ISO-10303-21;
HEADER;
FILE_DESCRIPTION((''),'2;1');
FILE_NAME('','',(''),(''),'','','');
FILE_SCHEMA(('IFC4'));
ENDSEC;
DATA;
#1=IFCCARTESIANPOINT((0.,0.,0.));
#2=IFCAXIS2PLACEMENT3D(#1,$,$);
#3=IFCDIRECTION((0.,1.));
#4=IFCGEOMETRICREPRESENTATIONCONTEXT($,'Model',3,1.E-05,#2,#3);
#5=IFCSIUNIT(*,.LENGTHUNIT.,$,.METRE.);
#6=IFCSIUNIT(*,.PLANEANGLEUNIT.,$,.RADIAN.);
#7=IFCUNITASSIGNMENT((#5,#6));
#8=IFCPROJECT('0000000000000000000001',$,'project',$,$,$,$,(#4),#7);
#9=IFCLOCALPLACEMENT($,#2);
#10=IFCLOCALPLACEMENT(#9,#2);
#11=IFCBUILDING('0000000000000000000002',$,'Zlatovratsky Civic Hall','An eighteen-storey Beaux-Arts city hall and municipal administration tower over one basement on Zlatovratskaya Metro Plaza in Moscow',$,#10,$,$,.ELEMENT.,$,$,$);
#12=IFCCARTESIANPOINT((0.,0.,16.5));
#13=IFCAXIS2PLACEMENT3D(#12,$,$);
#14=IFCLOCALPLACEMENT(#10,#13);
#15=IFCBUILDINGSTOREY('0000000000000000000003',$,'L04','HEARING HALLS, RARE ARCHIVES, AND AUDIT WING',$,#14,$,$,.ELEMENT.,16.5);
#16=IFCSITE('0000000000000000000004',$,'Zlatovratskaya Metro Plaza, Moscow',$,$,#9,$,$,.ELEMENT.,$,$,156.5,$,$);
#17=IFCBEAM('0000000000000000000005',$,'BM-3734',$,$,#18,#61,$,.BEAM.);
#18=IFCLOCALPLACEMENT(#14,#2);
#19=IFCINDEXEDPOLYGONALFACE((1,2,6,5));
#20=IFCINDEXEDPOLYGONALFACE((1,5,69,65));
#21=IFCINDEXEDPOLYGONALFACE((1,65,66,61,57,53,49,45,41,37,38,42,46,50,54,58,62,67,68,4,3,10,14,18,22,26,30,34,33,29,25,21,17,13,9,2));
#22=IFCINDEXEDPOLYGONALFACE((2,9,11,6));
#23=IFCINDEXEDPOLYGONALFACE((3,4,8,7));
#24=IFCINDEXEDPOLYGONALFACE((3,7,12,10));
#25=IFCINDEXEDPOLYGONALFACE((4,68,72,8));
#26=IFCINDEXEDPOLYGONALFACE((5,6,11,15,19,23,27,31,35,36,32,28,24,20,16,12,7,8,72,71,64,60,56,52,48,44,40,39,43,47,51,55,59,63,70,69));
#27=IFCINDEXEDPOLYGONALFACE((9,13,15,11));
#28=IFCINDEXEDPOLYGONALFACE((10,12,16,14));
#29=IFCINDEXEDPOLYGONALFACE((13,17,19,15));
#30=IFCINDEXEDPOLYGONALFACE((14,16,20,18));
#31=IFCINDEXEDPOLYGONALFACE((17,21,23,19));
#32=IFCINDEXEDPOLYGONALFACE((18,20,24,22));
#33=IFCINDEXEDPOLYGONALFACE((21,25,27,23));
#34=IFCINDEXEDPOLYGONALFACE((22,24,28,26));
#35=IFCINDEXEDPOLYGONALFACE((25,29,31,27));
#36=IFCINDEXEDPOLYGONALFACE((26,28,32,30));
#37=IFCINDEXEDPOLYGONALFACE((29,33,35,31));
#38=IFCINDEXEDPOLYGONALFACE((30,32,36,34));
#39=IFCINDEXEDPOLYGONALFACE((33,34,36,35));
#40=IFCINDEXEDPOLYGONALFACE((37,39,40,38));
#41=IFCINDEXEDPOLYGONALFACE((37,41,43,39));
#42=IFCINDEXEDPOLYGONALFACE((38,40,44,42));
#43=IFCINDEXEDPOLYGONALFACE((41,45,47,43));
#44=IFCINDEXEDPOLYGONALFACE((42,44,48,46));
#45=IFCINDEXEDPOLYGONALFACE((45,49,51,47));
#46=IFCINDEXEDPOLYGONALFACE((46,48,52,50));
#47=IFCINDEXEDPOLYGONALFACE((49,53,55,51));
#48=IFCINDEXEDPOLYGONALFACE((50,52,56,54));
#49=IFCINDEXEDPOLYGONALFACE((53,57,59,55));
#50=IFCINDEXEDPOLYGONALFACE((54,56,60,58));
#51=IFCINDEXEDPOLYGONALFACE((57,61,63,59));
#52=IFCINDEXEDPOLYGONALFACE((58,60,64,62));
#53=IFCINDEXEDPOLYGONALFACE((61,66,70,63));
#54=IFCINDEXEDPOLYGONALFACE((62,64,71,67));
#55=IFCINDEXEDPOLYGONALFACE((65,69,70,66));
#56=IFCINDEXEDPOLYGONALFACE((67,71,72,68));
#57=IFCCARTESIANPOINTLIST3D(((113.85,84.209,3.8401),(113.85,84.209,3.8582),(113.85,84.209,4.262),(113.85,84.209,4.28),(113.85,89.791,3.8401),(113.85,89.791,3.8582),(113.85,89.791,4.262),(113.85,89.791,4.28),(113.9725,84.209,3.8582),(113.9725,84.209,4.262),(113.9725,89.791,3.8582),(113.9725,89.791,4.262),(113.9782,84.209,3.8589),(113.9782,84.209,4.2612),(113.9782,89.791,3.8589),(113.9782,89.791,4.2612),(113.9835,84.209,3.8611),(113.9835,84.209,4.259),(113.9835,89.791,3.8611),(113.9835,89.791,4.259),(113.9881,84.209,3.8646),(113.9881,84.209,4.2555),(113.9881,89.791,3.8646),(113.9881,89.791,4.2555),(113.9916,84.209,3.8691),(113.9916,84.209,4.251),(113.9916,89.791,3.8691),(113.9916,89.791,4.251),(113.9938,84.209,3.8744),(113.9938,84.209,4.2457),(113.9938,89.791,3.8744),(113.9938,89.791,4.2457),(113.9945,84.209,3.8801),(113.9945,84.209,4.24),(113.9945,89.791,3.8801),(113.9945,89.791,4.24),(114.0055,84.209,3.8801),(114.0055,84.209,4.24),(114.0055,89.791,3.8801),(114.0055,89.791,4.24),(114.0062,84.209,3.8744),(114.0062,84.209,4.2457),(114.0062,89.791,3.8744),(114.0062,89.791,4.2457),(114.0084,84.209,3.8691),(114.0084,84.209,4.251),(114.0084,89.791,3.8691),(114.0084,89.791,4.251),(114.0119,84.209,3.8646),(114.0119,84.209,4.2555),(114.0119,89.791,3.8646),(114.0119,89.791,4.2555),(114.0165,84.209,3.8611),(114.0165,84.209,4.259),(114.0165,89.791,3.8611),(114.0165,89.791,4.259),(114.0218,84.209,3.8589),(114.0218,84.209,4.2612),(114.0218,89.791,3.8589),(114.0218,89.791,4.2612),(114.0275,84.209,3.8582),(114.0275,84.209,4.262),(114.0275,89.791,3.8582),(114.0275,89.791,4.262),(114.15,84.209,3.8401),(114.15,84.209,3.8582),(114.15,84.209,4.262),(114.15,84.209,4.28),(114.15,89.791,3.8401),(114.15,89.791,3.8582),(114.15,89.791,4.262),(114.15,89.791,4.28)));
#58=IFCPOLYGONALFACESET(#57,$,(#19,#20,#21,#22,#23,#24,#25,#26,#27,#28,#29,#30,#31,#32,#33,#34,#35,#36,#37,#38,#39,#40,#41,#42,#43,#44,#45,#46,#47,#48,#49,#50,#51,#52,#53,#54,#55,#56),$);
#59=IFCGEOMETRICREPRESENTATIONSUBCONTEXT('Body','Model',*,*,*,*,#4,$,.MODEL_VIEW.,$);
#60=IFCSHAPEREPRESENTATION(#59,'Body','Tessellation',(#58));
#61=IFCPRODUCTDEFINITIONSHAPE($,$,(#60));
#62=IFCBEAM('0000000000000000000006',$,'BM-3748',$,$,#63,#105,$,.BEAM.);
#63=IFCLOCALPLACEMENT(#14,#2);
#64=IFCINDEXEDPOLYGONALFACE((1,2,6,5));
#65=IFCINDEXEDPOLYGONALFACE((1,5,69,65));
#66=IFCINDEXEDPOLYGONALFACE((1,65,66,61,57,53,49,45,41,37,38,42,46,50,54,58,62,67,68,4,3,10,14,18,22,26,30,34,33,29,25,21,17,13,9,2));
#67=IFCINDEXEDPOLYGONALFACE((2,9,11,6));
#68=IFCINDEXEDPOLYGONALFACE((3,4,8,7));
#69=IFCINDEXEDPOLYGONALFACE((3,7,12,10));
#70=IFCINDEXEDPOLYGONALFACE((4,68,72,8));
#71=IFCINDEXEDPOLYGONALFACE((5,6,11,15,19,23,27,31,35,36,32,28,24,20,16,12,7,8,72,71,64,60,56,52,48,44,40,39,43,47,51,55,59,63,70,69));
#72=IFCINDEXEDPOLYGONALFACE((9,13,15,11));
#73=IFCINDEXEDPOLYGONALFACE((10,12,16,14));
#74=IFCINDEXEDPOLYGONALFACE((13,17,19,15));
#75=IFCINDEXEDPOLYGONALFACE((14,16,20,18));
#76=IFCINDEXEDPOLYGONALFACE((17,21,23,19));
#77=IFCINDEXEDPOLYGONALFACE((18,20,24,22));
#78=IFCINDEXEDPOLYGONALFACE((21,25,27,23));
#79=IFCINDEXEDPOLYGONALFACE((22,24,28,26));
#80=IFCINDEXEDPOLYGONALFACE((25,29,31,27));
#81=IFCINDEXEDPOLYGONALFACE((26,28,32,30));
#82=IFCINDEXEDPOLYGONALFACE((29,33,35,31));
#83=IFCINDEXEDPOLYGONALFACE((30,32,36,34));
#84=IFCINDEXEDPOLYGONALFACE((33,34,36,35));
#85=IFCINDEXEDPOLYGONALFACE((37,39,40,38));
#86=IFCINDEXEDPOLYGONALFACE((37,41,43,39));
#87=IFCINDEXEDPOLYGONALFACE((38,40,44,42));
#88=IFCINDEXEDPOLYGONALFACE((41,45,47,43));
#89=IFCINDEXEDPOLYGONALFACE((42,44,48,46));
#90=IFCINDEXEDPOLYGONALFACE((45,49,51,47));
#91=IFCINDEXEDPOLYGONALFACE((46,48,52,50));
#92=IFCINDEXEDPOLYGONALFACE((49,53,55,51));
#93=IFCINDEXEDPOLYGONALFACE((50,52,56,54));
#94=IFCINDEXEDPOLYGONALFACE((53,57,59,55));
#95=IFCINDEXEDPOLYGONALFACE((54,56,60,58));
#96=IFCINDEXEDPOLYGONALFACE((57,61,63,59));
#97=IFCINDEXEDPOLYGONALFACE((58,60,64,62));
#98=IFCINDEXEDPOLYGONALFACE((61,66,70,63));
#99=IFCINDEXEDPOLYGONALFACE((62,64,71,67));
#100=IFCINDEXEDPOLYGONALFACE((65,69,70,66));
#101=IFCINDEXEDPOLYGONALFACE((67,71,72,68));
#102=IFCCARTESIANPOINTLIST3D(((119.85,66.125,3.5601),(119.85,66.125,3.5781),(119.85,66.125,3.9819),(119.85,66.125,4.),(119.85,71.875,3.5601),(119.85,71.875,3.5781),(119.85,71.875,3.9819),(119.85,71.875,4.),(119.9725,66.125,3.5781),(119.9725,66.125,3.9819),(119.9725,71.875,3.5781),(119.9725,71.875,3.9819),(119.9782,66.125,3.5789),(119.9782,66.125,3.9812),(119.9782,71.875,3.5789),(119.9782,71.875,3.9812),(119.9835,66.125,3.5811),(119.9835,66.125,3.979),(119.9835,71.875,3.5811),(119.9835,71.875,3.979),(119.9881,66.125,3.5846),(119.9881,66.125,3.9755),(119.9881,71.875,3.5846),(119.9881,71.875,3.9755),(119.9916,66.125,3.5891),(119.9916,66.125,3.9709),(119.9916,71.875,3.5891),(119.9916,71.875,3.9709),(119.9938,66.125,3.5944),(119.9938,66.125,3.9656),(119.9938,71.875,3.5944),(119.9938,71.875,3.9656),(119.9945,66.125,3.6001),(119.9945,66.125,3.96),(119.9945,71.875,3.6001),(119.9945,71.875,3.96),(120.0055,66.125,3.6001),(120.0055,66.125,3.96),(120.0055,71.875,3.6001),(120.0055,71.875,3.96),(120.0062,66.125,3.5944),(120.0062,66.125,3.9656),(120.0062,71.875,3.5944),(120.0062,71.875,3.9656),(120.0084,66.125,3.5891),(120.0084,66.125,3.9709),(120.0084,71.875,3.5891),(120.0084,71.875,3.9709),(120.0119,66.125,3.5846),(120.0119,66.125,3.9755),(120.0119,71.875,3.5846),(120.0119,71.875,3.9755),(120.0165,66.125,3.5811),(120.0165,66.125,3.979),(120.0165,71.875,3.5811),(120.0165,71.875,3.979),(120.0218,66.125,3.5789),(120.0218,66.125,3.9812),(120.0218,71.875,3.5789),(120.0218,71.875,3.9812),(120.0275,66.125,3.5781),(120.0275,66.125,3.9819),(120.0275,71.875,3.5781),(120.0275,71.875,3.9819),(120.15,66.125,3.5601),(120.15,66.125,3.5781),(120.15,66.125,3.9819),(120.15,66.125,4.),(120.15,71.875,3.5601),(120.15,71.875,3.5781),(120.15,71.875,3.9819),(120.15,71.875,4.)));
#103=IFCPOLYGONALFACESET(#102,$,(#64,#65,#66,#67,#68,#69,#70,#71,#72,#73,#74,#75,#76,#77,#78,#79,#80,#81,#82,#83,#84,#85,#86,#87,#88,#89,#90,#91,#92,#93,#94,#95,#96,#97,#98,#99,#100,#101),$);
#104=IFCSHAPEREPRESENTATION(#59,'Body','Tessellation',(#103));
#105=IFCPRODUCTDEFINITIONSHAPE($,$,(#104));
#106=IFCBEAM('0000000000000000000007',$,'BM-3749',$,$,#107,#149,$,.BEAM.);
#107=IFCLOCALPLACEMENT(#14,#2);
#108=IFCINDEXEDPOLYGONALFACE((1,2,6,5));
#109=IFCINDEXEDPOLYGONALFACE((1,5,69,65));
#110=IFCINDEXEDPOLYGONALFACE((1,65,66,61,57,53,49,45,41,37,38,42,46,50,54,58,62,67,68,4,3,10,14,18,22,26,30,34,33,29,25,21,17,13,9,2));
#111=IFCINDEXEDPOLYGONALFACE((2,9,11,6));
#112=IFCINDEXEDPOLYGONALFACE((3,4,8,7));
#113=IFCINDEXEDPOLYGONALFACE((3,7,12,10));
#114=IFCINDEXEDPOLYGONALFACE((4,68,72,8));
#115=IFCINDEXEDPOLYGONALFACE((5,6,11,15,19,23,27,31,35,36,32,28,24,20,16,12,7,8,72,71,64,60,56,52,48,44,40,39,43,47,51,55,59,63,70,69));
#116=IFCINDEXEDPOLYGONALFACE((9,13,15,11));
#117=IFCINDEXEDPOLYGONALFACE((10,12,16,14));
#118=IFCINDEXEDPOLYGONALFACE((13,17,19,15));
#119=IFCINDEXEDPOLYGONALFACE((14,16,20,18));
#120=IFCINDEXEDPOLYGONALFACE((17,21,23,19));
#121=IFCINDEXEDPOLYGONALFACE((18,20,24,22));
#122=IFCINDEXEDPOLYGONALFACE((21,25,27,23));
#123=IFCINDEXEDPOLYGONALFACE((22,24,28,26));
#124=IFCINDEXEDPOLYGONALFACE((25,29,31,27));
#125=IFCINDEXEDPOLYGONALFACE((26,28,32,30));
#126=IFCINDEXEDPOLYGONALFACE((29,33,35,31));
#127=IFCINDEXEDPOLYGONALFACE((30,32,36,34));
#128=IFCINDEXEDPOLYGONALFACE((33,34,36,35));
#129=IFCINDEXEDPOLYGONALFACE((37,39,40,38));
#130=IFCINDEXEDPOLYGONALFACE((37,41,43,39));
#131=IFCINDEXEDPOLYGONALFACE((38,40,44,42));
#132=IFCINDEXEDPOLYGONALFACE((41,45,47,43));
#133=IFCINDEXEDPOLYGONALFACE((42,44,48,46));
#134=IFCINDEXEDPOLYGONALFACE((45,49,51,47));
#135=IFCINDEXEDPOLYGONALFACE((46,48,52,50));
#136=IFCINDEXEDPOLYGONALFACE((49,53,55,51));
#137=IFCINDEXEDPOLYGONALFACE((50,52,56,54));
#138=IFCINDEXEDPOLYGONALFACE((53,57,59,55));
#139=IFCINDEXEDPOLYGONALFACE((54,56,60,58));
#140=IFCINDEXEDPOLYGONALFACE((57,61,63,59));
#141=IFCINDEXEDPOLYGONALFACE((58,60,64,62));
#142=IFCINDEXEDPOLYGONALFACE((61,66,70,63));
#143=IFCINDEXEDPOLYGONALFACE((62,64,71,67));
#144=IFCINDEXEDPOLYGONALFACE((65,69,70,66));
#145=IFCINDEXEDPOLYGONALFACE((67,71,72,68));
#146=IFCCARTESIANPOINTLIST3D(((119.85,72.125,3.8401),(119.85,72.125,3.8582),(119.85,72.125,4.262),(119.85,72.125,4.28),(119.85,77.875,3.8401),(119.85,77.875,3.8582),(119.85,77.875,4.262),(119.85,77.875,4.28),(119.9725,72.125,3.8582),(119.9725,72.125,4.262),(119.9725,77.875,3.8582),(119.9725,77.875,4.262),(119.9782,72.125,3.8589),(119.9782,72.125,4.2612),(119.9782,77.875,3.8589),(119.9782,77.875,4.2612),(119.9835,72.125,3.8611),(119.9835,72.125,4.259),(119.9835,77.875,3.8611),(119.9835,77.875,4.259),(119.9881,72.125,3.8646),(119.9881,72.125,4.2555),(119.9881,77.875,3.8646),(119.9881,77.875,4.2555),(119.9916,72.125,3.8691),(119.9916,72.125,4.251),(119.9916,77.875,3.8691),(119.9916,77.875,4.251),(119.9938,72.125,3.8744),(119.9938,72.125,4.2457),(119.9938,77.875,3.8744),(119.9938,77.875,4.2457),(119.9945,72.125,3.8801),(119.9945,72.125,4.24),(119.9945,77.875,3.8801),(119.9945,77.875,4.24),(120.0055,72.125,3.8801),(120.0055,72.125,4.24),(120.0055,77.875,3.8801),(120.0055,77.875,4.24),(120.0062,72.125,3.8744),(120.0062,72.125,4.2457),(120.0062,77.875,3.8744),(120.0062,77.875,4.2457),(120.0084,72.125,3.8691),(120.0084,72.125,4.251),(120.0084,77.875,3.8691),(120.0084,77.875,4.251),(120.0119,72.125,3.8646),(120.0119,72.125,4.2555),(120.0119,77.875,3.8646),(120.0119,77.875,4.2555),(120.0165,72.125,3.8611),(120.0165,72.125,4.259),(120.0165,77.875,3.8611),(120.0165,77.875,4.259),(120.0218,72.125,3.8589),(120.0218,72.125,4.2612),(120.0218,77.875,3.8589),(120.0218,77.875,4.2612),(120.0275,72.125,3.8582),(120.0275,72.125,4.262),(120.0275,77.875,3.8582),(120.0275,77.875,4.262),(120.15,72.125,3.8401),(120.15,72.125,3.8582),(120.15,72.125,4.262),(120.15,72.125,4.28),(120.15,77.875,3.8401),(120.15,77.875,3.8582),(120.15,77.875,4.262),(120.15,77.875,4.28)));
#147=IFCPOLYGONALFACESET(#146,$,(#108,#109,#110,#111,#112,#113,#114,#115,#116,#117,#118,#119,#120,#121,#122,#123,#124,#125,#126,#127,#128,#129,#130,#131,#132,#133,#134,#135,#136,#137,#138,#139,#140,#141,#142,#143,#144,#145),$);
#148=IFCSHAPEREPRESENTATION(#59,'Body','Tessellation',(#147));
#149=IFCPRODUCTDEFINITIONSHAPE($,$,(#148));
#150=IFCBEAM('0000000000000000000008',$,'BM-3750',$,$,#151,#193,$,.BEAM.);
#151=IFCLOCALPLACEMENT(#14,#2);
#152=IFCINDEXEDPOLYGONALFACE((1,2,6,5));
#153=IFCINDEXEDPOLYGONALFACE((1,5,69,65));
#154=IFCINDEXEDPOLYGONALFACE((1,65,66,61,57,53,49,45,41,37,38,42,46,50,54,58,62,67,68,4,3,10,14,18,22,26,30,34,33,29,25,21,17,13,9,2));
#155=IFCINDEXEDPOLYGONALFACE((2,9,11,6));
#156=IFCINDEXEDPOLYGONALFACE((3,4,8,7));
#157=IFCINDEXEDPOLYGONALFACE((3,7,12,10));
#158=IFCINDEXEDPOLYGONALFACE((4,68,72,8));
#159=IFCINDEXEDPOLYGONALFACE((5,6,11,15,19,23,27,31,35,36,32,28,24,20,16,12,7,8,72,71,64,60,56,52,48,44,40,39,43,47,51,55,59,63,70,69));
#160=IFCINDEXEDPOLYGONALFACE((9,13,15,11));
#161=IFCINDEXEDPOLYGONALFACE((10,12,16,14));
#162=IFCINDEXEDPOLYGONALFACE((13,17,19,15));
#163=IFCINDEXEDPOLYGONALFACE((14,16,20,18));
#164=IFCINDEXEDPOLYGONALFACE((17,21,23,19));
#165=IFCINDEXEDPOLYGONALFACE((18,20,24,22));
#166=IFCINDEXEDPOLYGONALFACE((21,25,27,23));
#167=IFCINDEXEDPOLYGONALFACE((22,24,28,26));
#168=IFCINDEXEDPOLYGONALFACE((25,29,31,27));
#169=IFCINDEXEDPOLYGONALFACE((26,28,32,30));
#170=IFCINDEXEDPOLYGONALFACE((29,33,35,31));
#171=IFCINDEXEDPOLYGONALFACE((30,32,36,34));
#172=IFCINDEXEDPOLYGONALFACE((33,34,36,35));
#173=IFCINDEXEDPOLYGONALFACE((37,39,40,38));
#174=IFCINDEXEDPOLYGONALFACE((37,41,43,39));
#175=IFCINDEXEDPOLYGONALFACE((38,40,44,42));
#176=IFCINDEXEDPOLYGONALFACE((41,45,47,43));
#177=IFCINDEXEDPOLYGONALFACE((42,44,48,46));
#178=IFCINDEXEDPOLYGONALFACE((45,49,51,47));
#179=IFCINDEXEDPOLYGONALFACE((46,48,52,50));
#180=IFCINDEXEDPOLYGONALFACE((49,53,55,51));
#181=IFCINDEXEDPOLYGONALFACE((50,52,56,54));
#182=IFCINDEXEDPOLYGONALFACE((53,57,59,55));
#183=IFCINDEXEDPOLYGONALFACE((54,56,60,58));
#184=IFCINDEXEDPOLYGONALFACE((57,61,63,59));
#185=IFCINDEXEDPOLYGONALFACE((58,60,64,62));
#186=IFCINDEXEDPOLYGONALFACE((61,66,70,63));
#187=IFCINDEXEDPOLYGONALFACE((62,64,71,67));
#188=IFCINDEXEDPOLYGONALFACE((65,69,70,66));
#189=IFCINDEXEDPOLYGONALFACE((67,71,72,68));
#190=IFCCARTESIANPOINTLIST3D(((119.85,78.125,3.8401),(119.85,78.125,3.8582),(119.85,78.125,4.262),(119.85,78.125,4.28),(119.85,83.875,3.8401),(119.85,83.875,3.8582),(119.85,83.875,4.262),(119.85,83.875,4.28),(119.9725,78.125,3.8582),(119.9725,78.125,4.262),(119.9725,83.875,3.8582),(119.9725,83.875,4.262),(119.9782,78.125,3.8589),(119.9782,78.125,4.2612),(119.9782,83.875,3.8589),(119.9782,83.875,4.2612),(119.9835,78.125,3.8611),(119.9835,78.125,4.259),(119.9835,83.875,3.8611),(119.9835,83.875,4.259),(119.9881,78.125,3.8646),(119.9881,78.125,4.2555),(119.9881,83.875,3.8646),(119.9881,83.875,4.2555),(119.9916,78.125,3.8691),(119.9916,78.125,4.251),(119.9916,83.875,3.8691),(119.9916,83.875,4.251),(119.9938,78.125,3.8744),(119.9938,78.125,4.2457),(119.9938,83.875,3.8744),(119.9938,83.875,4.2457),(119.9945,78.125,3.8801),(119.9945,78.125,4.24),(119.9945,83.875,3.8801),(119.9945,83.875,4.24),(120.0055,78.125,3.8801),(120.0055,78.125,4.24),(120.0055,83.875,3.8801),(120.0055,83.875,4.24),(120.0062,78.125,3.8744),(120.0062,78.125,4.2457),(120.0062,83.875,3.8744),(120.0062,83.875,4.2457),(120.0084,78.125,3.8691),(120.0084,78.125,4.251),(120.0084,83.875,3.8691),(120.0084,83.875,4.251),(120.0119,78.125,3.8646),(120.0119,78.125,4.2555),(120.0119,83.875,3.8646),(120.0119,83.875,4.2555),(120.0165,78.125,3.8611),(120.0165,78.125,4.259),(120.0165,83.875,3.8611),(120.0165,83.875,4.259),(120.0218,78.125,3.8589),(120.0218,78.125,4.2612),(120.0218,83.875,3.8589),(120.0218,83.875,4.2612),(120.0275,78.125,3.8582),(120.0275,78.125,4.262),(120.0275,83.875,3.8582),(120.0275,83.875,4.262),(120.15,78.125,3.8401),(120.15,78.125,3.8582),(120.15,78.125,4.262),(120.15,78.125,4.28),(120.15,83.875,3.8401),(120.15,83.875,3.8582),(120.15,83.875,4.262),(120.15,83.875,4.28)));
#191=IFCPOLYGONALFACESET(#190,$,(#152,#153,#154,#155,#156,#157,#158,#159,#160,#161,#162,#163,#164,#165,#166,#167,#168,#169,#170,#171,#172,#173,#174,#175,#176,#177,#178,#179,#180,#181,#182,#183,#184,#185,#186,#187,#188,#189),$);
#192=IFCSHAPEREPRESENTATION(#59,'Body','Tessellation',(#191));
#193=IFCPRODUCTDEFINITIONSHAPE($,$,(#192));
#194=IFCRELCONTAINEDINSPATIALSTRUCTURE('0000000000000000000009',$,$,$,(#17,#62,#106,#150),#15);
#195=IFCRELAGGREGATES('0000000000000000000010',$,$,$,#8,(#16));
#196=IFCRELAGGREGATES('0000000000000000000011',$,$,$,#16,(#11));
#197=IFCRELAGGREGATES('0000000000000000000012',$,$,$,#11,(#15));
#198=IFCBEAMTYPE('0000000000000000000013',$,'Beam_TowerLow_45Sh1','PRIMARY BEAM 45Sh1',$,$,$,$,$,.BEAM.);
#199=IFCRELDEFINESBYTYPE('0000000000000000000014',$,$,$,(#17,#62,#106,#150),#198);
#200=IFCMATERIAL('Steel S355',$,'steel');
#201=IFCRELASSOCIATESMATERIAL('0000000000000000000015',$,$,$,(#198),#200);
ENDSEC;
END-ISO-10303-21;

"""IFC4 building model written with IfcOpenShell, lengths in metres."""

from ifc_helpers import new_model, si_unit, direction, frame, origin, origin_2d, place, context, subcontext, project, spatial, i_section, extrude, material, material_profile, profile_set, type_object, element, save


model = new_model("IFC4")

# Units and contexts
model_context = context("Model", 3, precision=1e-05, world=origin(), true_north=direction((0.0, 1.0)))
body_context = subcontext(model_context, "Body", "Model", "MODEL_VIEW")
ifc_project = project(units=[si_unit("LENGTHUNIT", "METRE"), si_unit("PLANEANGLEUNIT", "RADIAN")], contexts=[model_context])

# Site, building, storey
site_placement = place(None, origin())
site = spatial("IfcSite", under=ifc_project, at=site_placement, Name="Zlatovratskaya Metro Plaza, Moscow", CompositionType="ELEMENT", RefElevation=156.5)
building_placement = place(site_placement, origin())
building = spatial("IfcBuilding", under=site, at=building_placement, Name="Zlatovratsky Civic Hall", Description="An eighteen-storey Beaux-Arts city hall and municipal administration tower over one basement on Zlatovratskaya Metro Plaza in Moscow", CompositionType="ELEMENT")
storey_placement = place(building_placement, frame((0.0, 0.0, 16.5)))
storey = spatial("IfcBuildingStorey", under=building, at=storey_placement, Name="L04", Description="HEARING HALLS, RARE ARCHIVES, AND AUDIT WING", CompositionType="ELEMENT", Elevation=16.5)

# Shared definitions
ifc_material_1 = material(Name="Steel S355", Category="steel")

# Beams
ifc_material_profile_1 = material_profile(ifc_material_1, i_section(OverallWidth=0.3, OverallDepth=0.4399, WebThickness=0.011, FlangeThickness=0.0181, FilletRadius=0.022, at=origin_2d()), Name="45Sh1")
ifc_profile_set_1 = profile_set([ifc_material_profile_1], Name="Steel S355")
beam_type_1 = type_object("IfcBeamType", Name="Beam_TowerLow_45Sh1", Description="PRIMARY BEAM 45Sh1", PredefinedType="BEAM", material=ifc_profile_set_1)
for number, where, z_axis, x_axis, name in (
    (1, (114.0, 84.209, 4.0601), (0.0, 1.0, 0.0), (-1.0, 0.0, 0.0), "BM-3734"),
):
    element("IfcBeam", number, at=place(storey_placement, frame(where, z_axis=z_axis, x_axis=x_axis)), inside=storey, type_object=beam_type_1, Name=name, PredefinedType="BEAM", context=body_context, shape_type="SweptSolid", body=[
        extrude(i_section(OverallWidth=0.3, OverallDepth=0.4399, WebThickness=0.011, FlangeThickness=0.0181, FilletRadius=0.022, at=origin_2d()), origin(), (0.0, 0.0, 1.0), 5.582),
    ])
for number, where, z_axis, x_axis, name in (
    (2, (120.0, 66.125, 3.78), (0.0, 1.0, 0.0), (-1.0, 0.0, 0.0), "BM-3748"),
    (3, (120.0, 72.125, 4.0601), (0.0, 1.0, 0.0), (-1.0, 0.0, 0.0), "BM-3749"),
    (4, (120.0, 78.125, 4.0601), (0.0, 1.0, 0.0), (-1.0, 0.0, 0.0), "BM-3750"),
):
    element("IfcBeam", number, at=place(storey_placement, frame(where, z_axis=z_axis, x_axis=x_axis)), inside=storey, type_object=beam_type_1, Name=name, PredefinedType="BEAM", context=body_context, shape_type="SweptSolid", body=[
        extrude(i_section(OverallWidth=0.3, OverallDepth=0.4399, WebThickness=0.011, FlangeThickness=0.0181, FilletRadius=0.022, at=origin_2d()), origin(), (0.0, 0.0, 1.0), 5.75),
    ])

save(model, "model.ifc")
